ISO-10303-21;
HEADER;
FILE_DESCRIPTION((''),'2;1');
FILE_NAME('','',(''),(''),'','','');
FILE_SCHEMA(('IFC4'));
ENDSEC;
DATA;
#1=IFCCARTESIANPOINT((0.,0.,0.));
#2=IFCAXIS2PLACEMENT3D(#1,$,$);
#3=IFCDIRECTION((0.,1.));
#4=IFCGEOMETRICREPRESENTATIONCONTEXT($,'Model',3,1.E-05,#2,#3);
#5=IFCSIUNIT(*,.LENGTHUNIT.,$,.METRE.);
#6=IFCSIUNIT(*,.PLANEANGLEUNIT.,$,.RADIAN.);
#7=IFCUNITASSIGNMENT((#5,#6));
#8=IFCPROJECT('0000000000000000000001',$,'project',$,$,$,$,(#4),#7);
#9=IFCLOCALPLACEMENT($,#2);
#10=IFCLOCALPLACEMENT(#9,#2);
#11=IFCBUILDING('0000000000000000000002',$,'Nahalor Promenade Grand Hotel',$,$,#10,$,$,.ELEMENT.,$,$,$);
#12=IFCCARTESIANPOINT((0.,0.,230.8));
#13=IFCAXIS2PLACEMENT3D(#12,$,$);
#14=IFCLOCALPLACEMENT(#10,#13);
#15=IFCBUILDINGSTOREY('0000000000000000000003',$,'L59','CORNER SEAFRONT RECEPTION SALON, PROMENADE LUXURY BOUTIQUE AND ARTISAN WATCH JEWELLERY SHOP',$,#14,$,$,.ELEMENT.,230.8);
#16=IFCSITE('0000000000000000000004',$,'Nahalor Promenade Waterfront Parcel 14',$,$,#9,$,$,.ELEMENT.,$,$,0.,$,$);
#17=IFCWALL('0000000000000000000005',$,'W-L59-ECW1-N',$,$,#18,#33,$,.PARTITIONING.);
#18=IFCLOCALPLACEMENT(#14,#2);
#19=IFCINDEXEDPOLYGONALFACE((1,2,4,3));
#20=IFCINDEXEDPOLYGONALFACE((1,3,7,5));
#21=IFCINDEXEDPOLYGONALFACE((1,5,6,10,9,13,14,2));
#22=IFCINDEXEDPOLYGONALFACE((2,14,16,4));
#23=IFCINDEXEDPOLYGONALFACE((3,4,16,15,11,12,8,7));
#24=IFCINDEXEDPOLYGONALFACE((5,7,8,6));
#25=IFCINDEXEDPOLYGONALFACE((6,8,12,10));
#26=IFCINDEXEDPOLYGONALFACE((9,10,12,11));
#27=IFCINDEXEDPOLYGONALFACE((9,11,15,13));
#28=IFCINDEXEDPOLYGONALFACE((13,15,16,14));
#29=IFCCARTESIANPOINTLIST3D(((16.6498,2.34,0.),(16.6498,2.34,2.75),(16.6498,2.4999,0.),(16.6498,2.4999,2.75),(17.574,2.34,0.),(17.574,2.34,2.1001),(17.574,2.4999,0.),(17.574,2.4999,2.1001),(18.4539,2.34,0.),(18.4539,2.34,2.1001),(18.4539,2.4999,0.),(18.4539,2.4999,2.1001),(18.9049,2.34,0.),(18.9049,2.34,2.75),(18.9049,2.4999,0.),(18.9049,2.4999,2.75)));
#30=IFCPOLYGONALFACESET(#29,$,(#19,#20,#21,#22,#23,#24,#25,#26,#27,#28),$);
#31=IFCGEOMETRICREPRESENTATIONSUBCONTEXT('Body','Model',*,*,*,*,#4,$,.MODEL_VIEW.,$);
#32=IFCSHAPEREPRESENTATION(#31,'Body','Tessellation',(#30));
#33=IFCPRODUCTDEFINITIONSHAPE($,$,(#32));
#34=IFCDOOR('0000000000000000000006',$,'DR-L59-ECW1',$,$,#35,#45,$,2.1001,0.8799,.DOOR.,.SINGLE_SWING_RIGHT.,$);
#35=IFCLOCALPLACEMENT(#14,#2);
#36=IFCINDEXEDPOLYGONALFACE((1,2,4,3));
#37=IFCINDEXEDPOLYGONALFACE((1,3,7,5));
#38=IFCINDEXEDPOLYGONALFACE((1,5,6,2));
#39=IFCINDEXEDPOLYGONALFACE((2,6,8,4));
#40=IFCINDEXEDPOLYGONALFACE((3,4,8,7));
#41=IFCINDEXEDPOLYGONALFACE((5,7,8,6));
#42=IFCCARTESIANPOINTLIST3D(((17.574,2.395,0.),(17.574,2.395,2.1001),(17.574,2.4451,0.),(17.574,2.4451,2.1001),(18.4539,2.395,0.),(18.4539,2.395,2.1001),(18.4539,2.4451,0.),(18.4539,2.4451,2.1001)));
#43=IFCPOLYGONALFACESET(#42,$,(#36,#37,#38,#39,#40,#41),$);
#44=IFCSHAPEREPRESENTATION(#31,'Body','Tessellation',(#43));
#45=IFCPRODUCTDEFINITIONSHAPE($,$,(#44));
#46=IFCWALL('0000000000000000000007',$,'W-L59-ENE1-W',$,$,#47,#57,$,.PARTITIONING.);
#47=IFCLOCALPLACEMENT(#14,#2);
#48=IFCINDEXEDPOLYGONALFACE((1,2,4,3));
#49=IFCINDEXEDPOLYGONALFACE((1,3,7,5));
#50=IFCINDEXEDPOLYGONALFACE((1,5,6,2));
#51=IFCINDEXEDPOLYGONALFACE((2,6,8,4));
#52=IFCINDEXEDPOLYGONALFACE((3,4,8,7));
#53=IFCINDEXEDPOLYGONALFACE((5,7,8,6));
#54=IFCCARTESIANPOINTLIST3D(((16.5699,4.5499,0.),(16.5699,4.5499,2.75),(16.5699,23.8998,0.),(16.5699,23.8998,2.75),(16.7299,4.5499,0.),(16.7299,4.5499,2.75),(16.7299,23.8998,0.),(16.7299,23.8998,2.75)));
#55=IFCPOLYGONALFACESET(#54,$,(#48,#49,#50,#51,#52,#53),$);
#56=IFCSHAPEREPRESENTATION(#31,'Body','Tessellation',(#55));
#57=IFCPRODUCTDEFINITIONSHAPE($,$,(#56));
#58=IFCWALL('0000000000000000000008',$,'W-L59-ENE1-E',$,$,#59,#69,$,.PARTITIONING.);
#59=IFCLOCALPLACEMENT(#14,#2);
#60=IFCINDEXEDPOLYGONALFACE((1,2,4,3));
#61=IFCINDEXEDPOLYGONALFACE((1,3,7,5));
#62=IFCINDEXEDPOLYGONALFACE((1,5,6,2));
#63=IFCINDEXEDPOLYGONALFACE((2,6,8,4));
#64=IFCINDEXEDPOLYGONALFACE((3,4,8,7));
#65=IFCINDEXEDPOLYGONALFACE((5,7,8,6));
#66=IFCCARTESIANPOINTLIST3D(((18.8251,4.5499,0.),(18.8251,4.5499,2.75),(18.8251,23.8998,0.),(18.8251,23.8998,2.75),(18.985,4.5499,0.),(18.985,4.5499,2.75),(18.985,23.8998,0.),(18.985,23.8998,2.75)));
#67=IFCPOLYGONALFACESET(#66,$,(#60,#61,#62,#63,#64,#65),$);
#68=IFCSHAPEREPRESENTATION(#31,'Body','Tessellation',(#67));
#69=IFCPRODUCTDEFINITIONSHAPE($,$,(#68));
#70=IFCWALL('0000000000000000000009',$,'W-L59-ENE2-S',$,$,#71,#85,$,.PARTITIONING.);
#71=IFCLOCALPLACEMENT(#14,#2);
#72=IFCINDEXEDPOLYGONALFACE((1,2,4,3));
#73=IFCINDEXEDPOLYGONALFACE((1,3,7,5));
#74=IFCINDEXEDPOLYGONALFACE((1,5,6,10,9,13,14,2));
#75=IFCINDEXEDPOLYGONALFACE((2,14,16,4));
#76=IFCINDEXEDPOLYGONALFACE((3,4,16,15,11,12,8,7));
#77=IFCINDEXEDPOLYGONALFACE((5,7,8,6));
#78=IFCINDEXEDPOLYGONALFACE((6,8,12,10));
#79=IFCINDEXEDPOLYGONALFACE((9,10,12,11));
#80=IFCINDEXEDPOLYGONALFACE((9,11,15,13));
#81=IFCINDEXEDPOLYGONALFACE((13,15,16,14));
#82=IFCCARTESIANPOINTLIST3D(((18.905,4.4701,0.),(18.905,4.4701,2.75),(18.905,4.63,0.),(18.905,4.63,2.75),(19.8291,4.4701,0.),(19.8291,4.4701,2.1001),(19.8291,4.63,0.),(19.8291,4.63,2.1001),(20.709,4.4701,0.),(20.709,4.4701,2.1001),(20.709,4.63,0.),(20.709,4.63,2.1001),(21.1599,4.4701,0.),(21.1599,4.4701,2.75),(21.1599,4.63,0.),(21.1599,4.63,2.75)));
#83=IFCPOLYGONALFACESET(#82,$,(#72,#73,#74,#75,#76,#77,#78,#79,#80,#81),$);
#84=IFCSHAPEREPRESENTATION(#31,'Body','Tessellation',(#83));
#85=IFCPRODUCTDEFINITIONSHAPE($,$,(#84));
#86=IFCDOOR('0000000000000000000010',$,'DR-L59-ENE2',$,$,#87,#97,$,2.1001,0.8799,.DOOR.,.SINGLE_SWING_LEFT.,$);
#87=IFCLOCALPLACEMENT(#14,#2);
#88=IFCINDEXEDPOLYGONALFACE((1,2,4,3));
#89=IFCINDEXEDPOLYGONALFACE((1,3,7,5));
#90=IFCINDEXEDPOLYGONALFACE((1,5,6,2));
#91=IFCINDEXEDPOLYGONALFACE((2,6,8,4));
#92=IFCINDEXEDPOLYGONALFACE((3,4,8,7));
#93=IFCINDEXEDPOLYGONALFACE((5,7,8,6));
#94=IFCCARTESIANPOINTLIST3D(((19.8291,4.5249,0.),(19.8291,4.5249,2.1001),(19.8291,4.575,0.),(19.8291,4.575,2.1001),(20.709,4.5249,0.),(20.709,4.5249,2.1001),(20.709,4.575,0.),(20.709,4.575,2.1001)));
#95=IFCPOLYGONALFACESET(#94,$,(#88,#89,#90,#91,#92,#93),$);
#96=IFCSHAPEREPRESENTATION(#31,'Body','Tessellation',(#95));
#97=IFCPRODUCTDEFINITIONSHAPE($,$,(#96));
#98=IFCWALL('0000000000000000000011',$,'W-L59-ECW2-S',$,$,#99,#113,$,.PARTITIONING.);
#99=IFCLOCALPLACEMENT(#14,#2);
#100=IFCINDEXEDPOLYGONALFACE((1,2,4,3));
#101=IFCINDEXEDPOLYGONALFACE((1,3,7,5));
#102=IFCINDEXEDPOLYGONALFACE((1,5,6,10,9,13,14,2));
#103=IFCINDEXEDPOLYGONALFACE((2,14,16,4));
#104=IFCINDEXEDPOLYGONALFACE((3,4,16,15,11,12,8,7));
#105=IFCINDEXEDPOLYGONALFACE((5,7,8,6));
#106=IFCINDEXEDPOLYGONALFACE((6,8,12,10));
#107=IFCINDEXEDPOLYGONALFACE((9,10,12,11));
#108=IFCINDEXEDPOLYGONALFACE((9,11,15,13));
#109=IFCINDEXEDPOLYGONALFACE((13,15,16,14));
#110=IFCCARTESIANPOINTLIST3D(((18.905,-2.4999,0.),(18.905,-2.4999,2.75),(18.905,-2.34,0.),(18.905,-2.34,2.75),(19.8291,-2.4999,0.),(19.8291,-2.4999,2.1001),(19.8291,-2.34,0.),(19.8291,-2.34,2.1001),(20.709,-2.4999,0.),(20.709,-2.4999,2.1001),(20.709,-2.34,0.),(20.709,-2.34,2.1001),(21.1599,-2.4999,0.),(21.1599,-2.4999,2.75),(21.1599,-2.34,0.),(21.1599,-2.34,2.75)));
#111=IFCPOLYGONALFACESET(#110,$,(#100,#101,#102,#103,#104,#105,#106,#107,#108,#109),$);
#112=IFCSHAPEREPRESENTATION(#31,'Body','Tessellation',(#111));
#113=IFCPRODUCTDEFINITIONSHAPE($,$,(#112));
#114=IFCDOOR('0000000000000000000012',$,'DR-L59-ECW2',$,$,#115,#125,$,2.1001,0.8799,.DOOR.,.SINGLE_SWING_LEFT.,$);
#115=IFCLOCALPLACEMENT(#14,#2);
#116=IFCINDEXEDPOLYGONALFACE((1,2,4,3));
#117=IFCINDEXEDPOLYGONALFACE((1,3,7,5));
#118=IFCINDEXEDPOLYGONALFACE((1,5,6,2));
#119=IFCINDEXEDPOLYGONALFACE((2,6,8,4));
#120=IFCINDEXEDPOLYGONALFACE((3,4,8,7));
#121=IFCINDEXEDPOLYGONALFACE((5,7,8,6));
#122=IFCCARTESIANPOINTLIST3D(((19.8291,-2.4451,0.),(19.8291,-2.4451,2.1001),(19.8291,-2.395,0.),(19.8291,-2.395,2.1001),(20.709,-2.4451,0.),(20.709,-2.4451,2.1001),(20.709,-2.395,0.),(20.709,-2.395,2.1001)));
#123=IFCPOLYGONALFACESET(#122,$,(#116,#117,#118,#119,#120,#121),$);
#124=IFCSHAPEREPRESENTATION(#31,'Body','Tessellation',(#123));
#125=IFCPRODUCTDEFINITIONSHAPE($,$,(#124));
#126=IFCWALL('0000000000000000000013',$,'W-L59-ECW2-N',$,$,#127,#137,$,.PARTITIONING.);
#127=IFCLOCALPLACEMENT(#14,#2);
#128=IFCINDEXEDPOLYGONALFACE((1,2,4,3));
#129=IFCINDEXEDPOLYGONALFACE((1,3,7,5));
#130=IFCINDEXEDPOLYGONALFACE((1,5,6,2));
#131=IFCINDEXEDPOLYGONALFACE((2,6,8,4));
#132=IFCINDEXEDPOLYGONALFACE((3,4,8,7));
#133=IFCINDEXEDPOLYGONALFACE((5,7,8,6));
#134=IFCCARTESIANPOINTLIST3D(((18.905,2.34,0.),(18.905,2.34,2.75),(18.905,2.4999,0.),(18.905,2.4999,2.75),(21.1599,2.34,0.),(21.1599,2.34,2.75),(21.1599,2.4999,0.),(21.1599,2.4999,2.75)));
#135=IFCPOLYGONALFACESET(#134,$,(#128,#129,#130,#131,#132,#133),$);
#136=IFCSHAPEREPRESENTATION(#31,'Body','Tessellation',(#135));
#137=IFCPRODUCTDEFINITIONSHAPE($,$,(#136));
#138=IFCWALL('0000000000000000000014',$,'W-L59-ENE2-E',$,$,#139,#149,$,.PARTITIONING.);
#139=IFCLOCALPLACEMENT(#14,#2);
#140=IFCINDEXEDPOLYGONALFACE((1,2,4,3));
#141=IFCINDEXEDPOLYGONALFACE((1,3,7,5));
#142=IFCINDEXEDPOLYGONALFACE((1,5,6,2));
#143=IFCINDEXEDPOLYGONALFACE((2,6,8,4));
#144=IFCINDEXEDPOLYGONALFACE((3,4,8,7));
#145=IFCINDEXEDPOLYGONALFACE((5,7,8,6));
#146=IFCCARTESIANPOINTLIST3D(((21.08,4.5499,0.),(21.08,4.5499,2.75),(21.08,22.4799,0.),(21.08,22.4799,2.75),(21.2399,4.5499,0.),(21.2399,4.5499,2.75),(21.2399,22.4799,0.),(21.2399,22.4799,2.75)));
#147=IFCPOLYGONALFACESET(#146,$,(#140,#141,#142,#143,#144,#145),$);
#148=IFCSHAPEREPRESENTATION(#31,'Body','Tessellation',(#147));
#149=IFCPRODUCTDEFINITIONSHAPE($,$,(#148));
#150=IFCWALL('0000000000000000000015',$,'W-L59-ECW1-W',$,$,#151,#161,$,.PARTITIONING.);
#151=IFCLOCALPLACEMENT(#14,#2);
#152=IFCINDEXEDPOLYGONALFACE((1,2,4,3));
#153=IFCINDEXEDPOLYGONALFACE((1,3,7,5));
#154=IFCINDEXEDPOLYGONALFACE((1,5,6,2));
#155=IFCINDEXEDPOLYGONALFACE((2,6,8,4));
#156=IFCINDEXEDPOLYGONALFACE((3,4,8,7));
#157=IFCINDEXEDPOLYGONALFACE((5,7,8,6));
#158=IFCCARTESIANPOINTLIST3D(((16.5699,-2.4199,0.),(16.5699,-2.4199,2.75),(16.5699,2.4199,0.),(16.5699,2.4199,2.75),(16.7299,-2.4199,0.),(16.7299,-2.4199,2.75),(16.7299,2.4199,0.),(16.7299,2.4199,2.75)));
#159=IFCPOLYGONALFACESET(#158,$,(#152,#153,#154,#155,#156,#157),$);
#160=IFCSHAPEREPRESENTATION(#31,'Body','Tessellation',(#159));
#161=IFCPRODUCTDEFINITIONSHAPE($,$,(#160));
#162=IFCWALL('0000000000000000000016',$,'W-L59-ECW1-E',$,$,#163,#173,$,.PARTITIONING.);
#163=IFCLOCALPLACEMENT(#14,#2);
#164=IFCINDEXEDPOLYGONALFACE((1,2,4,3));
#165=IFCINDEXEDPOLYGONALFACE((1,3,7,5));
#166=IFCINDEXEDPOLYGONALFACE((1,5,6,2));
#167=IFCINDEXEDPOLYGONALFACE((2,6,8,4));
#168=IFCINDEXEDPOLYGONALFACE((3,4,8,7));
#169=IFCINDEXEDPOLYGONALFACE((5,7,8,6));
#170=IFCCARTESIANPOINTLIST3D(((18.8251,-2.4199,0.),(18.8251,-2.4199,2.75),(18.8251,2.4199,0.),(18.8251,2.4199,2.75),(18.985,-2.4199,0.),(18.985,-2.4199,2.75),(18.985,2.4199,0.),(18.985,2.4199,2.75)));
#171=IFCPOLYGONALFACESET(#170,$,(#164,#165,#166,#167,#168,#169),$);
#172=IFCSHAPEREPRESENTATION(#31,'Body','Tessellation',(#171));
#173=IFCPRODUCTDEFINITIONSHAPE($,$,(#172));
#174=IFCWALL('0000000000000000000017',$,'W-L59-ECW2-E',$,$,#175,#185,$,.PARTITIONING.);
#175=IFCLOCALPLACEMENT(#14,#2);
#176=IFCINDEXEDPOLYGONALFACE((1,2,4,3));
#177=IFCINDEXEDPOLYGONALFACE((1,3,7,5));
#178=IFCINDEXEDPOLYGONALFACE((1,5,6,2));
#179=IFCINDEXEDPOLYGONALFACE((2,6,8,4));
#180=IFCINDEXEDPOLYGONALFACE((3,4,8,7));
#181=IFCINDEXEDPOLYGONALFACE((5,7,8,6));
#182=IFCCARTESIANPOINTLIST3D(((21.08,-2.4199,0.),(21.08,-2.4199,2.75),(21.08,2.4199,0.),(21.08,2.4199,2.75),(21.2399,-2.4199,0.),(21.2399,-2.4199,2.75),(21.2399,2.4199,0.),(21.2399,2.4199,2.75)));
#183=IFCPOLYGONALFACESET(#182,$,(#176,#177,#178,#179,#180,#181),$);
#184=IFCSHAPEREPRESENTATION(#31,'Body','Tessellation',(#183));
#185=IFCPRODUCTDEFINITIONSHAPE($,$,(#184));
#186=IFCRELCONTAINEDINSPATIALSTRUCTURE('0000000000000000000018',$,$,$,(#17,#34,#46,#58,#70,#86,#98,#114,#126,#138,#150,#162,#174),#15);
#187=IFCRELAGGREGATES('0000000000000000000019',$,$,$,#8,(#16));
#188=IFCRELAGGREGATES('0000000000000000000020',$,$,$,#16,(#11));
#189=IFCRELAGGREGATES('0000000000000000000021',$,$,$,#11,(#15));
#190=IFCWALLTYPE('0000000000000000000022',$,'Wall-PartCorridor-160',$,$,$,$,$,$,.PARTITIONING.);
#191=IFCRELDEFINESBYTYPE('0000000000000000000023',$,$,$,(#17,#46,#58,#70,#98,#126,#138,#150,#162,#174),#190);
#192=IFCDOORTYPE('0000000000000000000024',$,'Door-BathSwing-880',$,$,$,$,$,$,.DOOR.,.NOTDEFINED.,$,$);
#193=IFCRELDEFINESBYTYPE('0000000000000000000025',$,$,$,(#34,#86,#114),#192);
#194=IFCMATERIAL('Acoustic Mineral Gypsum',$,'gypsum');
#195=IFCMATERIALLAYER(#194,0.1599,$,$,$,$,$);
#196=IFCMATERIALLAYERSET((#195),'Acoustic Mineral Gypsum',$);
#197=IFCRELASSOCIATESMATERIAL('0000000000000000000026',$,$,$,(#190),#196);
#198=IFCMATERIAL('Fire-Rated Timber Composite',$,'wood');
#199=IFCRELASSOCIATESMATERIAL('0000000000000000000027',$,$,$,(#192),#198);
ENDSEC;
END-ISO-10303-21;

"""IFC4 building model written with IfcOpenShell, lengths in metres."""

from ifc_helpers import new_model, si_unit, direction, frame, frame_2d, origin, place, context, subcontext, project, spatial, rectangle, extrude, source, transform, mapped, material, layer, layer_set, type_object, element, fill, save


model = new_model("IFC4")

# Units and contexts
model_context = context("Model", 3, precision=1e-05, world=origin(), true_north=direction((0.0, 1.0)))
body_context = subcontext(model_context, "Body", "Model", "MODEL_VIEW")
ifc_project = project(units=[si_unit("LENGTHUNIT", "METRE"), si_unit("PLANEANGLEUNIT", "RADIAN")], contexts=[model_context])

# Site, building, storey
site_placement = place(None, origin())
site = spatial("IfcSite", under=ifc_project, at=site_placement, Name="Nahalor Promenade Waterfront Parcel 14", CompositionType="ELEMENT", RefElevation=0.0)
building_placement = place(site_placement, origin())
building = spatial("IfcBuilding", under=site, at=building_placement, Name="Nahalor Promenade Grand Hotel", CompositionType="ELEMENT")
storey_placement = place(building_placement, frame((0.0, 0.0, 230.8)))
storey = spatial("IfcBuildingStorey", under=building, at=storey_placement, Name="L59", Description="CORNER SEAFRONT RECEPTION SALON, PROMENADE LUXURY BOUTIQUE AND ARTISAN WATCH JEWELLERY SHOP", CompositionType="ELEMENT", Elevation=230.8)

# Shared definitions
ifc_material_1 = material(Name="Acoustic Mineral Gypsum", Category="gypsum")
ifc_layer_1 = layer(ifc_material_1, 0.1599)
ifc_layer_set_1 = layer_set([ifc_layer_1], Name="Acoustic Mineral Gypsum")
wall_type_1 = type_object("IfcWallType", Name="Wall-PartCorridor-160", PredefinedType="PARTITIONING", material=ifc_layer_set_1)
shared_shape_1 = source(origin(), body_context, "Body", "SweptSolid", [
    extrude(rectangle(XDim=2.2551, YDim=0.1599, at=frame_2d((1.1274, 0.0))), origin(), (0.0, 0.0, 1.0), 2.75),
])
ifc_material_2 = material(Name="Fire-Rated Timber Composite", Category="wood")
door_type = type_object("IfcDoorType", Name="Door-BathSwing-880", OperationType="NOTDEFINED", PredefinedType="DOOR", material=ifc_material_2)
shared_shape_2 = source(origin(), body_context, "Body", "SweptSolid", [
    extrude(rectangle(XDim=0.8799, YDim=2.1001, at=frame_2d((0.4399, 1.05))), frame((0.0, 0.0249, 0.0), z_axis=(0.0, -1.0, 0.0), x_axis=(1.0, 0.0, 0.0)), (0.0, 0.0, 1.0), 0.05),
])

# Wall, opening, door
wall_1_placement = place(storey_placement, frame((16.6499, 2.4199, 0.0), z_axis=(0.0, 0.0, 1.0), x_axis=(1.0, 0.0, 0.0)))
wall_1 = element("IfcWall", 1, at=wall_1_placement, inside=storey, type_object=wall_type_1, Name="W-L59-ECW1-N", PredefinedType="PARTITIONING", context=body_context, shape_type="MappedRepresentation", body=[
    mapped(shared_shape_1, transform((0.0, 0.0, 0.0), scale=1.0)),
])
opening_1_placement = place(wall_1_placement, frame((0.9241, 0.0, 0.0)))
opening_1 = element("IfcOpeningElement", 2, at=opening_1_placement, cuts=wall_1, PredefinedType="OPENING", context=body_context, shape_type="SweptSolid", body=[
    extrude(rectangle(XDim=0.8799, YDim=2.1001, at=frame_2d((0.4399, 1.05))), frame((0.0, 0.0898, 0.0), z_axis=(0.0, -1.0, 0.0), x_axis=(1.0, 0.0, 0.0)), (0.0, 0.0, 1.0), 0.1799),
])
door_1_placement = place(opening_1_placement, frame((0.8799, 0.0, 0.0), z_axis=(0.0, 0.0, 1.0), x_axis=(-1.0, 0.0, 0.0)))
door_1 = element("IfcDoor", 3, at=door_1_placement, inside=storey, type_object=door_type, Name="DR-L59-ECW1", OperationType="SINGLE_SWING_RIGHT", OverallHeight=2.1001, OverallWidth=0.8799, PredefinedType="DOOR", context=body_context, shape_type="MappedRepresentation", body=[
    mapped(shared_shape_2, transform((0.0, 0.0, 0.0), scale=1.0)),
])
fill(opening_1, door_1)

# Walls
shared_shape_3 = source(origin(), body_context, "Body", "SweptSolid", [
    extrude(rectangle(XDim=19.3499, YDim=0.1599, at=frame_2d((9.6748, 0.0))), origin(), (0.0, 0.0, 1.0), 2.75),
])
for number, where, z_axis, x_axis, name in (
    (4, (16.6499, 4.55, 0.0), (0.0, 0.0, 1.0), (0.0, 1.0, 0.0), "W-L59-ENE1-W"),
    (5, (18.905, 4.55, 0.0), (0.0, 0.0, 1.0), (0.0, 1.0, 0.0), "W-L59-ENE1-E"),
):
    element("IfcWall", number, at=place(storey_placement, frame(where, z_axis=z_axis, x_axis=x_axis)), inside=storey, type_object=wall_type_1, Name=name, PredefinedType="PARTITIONING", context=body_context, shape_type="MappedRepresentation", body=[
        mapped(shared_shape_3, transform((0.0, 0.0, 0.0), scale=1.0)),
    ])

# Walls, openings, doors
shared_shape_4 = source(origin(), body_context, "Body", "SweptSolid", [
    extrude(rectangle(XDim=2.2549, YDim=0.1599, at=frame_2d((1.1274, 0.0))), origin(), (0.0, 0.0, 1.0), 2.75),
])
wall_2_placement = place(storey_placement, frame((18.905, 4.55, 0.0), z_axis=(0.0, 0.0, 1.0), x_axis=(1.0, 0.0, 0.0)))
wall_2 = element("IfcWall", 6, at=wall_2_placement, inside=storey, type_object=wall_type_1, Name="W-L59-ENE2-S", PredefinedType="PARTITIONING", context=body_context, shape_type="MappedRepresentation", body=[
    mapped(shared_shape_4, transform((0.0, 0.0, 0.0), scale=1.0)),
])
opening_2_placement = place(wall_2_placement, frame((0.9241, 0.0, 0.0)))
opening_2 = element("IfcOpeningElement", 7, at=opening_2_placement, cuts=wall_2, PredefinedType="OPENING", context=body_context, shape_type="SweptSolid", body=[
    extrude(rectangle(XDim=0.8799, YDim=2.1001, at=frame_2d((0.4399, 1.05))), frame((0.0, 0.0898, 0.0), z_axis=(0.0, -1.0, 0.0), x_axis=(1.0, 0.0, 0.0)), (0.0, 0.0, 1.0), 0.1799),
])
door_2_placement = place(opening_2_placement, origin())
door_2 = element("IfcDoor", 8, at=door_2_placement, inside=storey, type_object=door_type, Name="DR-L59-ENE2", OperationType="SINGLE_SWING_LEFT", OverallHeight=2.1001, OverallWidth=0.8799, PredefinedType="DOOR", context=body_context, shape_type="MappedRepresentation", body=[
    mapped(shared_shape_2, transform((0.0, 0.0, 0.0), scale=1.0)),
])
fill(opening_2, door_2)
wall_3_placement = place(storey_placement, frame((18.905, -2.4199, 0.0), z_axis=(0.0, 0.0, 1.0), x_axis=(1.0, 0.0, 0.0)))
wall_3 = element("IfcWall", 9, at=wall_3_placement, inside=storey, type_object=wall_type_1, Name="W-L59-ECW2-S", PredefinedType="PARTITIONING", context=body_context, shape_type="MappedRepresentation", body=[
    mapped(shared_shape_4, transform((0.0, 0.0, 0.0), scale=1.0)),
])
opening_3_placement = place(wall_3_placement, frame((0.9241, 0.0, 0.0)))
opening_3 = element("IfcOpeningElement", 10, at=opening_3_placement, cuts=wall_3, PredefinedType="OPENING", context=body_context, shape_type="SweptSolid", body=[
    extrude(rectangle(XDim=0.8799, YDim=2.1001, at=frame_2d((0.4399, 1.05))), frame((0.0, 0.0898, 0.0), z_axis=(0.0, -1.0, 0.0), x_axis=(1.0, 0.0, 0.0)), (0.0, 0.0, 1.0), 0.1799),
])
door_3_placement = place(opening_3_placement, origin())
door_3 = element("IfcDoor", 11, at=door_3_placement, inside=storey, type_object=door_type, Name="DR-L59-ECW2", OperationType="SINGLE_SWING_LEFT", OverallHeight=2.1001, OverallWidth=0.8799, PredefinedType="DOOR", context=body_context, shape_type="MappedRepresentation", body=[
    mapped(shared_shape_2, transform((0.0, 0.0, 0.0), scale=1.0)),
])
fill(opening_3, door_3)

# Walls
wall_4_placement = place(storey_placement, frame((18.905, 2.4199, 0.0), z_axis=(0.0, 0.0, 1.0), x_axis=(1.0, 0.0, 0.0)))
element("IfcWall", 12, at=wall_4_placement, inside=storey, type_object=wall_type_1, Name="W-L59-ECW2-N", PredefinedType="PARTITIONING", context=body_context, shape_type="MappedRepresentation", body=[
    mapped(shared_shape_4, transform((0.0, 0.0, 0.0), scale=1.0)),
])
shared_shape_5 = source(origin(), body_context, "Body", "SweptSolid", [
    extrude(rectangle(XDim=17.9299, YDim=0.1599, at=frame_2d((8.9648, 0.0))), origin(), (0.0, 0.0, 1.0), 2.75),
])
wall_5_placement = place(storey_placement, frame((21.1599, 4.55, 0.0), z_axis=(0.0, 0.0, 1.0), x_axis=(0.0, 1.0, 0.0)))
element("IfcWall", 13, at=wall_5_placement, inside=storey, type_object=wall_type_1, Name="W-L59-ENE2-E", PredefinedType="PARTITIONING", context=body_context, shape_type="MappedRepresentation", body=[
    mapped(shared_shape_5, transform((0.0, 0.0, 0.0), scale=1.0)),
])
shared_shape_6 = source(origin(), body_context, "Body", "SweptSolid", [
    extrude(rectangle(XDim=4.8398, YDim=0.1599, at=frame_2d((2.4199, 0.0))), origin(), (0.0, 0.0, 1.0), 2.75),
])
for number, where, z_axis, x_axis, name in (
    (14, (16.6499, -2.4199, 0.0), (0.0, 0.0, 1.0), (0.0, 1.0, 0.0), "W-L59-ECW1-W"),
    (15, (18.905, -2.4199, 0.0), (0.0, 0.0, 1.0), (0.0, 1.0, 0.0), "W-L59-ECW1-E"),
    (16, (21.1599, -2.4199, 0.0), (0.0, 0.0, 1.0), (0.0, 1.0, 0.0), "W-L59-ECW2-E"),
):
    element("IfcWall", number, at=place(storey_placement, frame(where, z_axis=z_axis, x_axis=x_axis)), inside=storey, type_object=wall_type_1, Name=name, PredefinedType="PARTITIONING", context=body_context, shape_type="MappedRepresentation", body=[
        mapped(shared_shape_6, transform((0.0, 0.0, 0.0), scale=1.0)),
    ])

save(model, "model.ifc")
